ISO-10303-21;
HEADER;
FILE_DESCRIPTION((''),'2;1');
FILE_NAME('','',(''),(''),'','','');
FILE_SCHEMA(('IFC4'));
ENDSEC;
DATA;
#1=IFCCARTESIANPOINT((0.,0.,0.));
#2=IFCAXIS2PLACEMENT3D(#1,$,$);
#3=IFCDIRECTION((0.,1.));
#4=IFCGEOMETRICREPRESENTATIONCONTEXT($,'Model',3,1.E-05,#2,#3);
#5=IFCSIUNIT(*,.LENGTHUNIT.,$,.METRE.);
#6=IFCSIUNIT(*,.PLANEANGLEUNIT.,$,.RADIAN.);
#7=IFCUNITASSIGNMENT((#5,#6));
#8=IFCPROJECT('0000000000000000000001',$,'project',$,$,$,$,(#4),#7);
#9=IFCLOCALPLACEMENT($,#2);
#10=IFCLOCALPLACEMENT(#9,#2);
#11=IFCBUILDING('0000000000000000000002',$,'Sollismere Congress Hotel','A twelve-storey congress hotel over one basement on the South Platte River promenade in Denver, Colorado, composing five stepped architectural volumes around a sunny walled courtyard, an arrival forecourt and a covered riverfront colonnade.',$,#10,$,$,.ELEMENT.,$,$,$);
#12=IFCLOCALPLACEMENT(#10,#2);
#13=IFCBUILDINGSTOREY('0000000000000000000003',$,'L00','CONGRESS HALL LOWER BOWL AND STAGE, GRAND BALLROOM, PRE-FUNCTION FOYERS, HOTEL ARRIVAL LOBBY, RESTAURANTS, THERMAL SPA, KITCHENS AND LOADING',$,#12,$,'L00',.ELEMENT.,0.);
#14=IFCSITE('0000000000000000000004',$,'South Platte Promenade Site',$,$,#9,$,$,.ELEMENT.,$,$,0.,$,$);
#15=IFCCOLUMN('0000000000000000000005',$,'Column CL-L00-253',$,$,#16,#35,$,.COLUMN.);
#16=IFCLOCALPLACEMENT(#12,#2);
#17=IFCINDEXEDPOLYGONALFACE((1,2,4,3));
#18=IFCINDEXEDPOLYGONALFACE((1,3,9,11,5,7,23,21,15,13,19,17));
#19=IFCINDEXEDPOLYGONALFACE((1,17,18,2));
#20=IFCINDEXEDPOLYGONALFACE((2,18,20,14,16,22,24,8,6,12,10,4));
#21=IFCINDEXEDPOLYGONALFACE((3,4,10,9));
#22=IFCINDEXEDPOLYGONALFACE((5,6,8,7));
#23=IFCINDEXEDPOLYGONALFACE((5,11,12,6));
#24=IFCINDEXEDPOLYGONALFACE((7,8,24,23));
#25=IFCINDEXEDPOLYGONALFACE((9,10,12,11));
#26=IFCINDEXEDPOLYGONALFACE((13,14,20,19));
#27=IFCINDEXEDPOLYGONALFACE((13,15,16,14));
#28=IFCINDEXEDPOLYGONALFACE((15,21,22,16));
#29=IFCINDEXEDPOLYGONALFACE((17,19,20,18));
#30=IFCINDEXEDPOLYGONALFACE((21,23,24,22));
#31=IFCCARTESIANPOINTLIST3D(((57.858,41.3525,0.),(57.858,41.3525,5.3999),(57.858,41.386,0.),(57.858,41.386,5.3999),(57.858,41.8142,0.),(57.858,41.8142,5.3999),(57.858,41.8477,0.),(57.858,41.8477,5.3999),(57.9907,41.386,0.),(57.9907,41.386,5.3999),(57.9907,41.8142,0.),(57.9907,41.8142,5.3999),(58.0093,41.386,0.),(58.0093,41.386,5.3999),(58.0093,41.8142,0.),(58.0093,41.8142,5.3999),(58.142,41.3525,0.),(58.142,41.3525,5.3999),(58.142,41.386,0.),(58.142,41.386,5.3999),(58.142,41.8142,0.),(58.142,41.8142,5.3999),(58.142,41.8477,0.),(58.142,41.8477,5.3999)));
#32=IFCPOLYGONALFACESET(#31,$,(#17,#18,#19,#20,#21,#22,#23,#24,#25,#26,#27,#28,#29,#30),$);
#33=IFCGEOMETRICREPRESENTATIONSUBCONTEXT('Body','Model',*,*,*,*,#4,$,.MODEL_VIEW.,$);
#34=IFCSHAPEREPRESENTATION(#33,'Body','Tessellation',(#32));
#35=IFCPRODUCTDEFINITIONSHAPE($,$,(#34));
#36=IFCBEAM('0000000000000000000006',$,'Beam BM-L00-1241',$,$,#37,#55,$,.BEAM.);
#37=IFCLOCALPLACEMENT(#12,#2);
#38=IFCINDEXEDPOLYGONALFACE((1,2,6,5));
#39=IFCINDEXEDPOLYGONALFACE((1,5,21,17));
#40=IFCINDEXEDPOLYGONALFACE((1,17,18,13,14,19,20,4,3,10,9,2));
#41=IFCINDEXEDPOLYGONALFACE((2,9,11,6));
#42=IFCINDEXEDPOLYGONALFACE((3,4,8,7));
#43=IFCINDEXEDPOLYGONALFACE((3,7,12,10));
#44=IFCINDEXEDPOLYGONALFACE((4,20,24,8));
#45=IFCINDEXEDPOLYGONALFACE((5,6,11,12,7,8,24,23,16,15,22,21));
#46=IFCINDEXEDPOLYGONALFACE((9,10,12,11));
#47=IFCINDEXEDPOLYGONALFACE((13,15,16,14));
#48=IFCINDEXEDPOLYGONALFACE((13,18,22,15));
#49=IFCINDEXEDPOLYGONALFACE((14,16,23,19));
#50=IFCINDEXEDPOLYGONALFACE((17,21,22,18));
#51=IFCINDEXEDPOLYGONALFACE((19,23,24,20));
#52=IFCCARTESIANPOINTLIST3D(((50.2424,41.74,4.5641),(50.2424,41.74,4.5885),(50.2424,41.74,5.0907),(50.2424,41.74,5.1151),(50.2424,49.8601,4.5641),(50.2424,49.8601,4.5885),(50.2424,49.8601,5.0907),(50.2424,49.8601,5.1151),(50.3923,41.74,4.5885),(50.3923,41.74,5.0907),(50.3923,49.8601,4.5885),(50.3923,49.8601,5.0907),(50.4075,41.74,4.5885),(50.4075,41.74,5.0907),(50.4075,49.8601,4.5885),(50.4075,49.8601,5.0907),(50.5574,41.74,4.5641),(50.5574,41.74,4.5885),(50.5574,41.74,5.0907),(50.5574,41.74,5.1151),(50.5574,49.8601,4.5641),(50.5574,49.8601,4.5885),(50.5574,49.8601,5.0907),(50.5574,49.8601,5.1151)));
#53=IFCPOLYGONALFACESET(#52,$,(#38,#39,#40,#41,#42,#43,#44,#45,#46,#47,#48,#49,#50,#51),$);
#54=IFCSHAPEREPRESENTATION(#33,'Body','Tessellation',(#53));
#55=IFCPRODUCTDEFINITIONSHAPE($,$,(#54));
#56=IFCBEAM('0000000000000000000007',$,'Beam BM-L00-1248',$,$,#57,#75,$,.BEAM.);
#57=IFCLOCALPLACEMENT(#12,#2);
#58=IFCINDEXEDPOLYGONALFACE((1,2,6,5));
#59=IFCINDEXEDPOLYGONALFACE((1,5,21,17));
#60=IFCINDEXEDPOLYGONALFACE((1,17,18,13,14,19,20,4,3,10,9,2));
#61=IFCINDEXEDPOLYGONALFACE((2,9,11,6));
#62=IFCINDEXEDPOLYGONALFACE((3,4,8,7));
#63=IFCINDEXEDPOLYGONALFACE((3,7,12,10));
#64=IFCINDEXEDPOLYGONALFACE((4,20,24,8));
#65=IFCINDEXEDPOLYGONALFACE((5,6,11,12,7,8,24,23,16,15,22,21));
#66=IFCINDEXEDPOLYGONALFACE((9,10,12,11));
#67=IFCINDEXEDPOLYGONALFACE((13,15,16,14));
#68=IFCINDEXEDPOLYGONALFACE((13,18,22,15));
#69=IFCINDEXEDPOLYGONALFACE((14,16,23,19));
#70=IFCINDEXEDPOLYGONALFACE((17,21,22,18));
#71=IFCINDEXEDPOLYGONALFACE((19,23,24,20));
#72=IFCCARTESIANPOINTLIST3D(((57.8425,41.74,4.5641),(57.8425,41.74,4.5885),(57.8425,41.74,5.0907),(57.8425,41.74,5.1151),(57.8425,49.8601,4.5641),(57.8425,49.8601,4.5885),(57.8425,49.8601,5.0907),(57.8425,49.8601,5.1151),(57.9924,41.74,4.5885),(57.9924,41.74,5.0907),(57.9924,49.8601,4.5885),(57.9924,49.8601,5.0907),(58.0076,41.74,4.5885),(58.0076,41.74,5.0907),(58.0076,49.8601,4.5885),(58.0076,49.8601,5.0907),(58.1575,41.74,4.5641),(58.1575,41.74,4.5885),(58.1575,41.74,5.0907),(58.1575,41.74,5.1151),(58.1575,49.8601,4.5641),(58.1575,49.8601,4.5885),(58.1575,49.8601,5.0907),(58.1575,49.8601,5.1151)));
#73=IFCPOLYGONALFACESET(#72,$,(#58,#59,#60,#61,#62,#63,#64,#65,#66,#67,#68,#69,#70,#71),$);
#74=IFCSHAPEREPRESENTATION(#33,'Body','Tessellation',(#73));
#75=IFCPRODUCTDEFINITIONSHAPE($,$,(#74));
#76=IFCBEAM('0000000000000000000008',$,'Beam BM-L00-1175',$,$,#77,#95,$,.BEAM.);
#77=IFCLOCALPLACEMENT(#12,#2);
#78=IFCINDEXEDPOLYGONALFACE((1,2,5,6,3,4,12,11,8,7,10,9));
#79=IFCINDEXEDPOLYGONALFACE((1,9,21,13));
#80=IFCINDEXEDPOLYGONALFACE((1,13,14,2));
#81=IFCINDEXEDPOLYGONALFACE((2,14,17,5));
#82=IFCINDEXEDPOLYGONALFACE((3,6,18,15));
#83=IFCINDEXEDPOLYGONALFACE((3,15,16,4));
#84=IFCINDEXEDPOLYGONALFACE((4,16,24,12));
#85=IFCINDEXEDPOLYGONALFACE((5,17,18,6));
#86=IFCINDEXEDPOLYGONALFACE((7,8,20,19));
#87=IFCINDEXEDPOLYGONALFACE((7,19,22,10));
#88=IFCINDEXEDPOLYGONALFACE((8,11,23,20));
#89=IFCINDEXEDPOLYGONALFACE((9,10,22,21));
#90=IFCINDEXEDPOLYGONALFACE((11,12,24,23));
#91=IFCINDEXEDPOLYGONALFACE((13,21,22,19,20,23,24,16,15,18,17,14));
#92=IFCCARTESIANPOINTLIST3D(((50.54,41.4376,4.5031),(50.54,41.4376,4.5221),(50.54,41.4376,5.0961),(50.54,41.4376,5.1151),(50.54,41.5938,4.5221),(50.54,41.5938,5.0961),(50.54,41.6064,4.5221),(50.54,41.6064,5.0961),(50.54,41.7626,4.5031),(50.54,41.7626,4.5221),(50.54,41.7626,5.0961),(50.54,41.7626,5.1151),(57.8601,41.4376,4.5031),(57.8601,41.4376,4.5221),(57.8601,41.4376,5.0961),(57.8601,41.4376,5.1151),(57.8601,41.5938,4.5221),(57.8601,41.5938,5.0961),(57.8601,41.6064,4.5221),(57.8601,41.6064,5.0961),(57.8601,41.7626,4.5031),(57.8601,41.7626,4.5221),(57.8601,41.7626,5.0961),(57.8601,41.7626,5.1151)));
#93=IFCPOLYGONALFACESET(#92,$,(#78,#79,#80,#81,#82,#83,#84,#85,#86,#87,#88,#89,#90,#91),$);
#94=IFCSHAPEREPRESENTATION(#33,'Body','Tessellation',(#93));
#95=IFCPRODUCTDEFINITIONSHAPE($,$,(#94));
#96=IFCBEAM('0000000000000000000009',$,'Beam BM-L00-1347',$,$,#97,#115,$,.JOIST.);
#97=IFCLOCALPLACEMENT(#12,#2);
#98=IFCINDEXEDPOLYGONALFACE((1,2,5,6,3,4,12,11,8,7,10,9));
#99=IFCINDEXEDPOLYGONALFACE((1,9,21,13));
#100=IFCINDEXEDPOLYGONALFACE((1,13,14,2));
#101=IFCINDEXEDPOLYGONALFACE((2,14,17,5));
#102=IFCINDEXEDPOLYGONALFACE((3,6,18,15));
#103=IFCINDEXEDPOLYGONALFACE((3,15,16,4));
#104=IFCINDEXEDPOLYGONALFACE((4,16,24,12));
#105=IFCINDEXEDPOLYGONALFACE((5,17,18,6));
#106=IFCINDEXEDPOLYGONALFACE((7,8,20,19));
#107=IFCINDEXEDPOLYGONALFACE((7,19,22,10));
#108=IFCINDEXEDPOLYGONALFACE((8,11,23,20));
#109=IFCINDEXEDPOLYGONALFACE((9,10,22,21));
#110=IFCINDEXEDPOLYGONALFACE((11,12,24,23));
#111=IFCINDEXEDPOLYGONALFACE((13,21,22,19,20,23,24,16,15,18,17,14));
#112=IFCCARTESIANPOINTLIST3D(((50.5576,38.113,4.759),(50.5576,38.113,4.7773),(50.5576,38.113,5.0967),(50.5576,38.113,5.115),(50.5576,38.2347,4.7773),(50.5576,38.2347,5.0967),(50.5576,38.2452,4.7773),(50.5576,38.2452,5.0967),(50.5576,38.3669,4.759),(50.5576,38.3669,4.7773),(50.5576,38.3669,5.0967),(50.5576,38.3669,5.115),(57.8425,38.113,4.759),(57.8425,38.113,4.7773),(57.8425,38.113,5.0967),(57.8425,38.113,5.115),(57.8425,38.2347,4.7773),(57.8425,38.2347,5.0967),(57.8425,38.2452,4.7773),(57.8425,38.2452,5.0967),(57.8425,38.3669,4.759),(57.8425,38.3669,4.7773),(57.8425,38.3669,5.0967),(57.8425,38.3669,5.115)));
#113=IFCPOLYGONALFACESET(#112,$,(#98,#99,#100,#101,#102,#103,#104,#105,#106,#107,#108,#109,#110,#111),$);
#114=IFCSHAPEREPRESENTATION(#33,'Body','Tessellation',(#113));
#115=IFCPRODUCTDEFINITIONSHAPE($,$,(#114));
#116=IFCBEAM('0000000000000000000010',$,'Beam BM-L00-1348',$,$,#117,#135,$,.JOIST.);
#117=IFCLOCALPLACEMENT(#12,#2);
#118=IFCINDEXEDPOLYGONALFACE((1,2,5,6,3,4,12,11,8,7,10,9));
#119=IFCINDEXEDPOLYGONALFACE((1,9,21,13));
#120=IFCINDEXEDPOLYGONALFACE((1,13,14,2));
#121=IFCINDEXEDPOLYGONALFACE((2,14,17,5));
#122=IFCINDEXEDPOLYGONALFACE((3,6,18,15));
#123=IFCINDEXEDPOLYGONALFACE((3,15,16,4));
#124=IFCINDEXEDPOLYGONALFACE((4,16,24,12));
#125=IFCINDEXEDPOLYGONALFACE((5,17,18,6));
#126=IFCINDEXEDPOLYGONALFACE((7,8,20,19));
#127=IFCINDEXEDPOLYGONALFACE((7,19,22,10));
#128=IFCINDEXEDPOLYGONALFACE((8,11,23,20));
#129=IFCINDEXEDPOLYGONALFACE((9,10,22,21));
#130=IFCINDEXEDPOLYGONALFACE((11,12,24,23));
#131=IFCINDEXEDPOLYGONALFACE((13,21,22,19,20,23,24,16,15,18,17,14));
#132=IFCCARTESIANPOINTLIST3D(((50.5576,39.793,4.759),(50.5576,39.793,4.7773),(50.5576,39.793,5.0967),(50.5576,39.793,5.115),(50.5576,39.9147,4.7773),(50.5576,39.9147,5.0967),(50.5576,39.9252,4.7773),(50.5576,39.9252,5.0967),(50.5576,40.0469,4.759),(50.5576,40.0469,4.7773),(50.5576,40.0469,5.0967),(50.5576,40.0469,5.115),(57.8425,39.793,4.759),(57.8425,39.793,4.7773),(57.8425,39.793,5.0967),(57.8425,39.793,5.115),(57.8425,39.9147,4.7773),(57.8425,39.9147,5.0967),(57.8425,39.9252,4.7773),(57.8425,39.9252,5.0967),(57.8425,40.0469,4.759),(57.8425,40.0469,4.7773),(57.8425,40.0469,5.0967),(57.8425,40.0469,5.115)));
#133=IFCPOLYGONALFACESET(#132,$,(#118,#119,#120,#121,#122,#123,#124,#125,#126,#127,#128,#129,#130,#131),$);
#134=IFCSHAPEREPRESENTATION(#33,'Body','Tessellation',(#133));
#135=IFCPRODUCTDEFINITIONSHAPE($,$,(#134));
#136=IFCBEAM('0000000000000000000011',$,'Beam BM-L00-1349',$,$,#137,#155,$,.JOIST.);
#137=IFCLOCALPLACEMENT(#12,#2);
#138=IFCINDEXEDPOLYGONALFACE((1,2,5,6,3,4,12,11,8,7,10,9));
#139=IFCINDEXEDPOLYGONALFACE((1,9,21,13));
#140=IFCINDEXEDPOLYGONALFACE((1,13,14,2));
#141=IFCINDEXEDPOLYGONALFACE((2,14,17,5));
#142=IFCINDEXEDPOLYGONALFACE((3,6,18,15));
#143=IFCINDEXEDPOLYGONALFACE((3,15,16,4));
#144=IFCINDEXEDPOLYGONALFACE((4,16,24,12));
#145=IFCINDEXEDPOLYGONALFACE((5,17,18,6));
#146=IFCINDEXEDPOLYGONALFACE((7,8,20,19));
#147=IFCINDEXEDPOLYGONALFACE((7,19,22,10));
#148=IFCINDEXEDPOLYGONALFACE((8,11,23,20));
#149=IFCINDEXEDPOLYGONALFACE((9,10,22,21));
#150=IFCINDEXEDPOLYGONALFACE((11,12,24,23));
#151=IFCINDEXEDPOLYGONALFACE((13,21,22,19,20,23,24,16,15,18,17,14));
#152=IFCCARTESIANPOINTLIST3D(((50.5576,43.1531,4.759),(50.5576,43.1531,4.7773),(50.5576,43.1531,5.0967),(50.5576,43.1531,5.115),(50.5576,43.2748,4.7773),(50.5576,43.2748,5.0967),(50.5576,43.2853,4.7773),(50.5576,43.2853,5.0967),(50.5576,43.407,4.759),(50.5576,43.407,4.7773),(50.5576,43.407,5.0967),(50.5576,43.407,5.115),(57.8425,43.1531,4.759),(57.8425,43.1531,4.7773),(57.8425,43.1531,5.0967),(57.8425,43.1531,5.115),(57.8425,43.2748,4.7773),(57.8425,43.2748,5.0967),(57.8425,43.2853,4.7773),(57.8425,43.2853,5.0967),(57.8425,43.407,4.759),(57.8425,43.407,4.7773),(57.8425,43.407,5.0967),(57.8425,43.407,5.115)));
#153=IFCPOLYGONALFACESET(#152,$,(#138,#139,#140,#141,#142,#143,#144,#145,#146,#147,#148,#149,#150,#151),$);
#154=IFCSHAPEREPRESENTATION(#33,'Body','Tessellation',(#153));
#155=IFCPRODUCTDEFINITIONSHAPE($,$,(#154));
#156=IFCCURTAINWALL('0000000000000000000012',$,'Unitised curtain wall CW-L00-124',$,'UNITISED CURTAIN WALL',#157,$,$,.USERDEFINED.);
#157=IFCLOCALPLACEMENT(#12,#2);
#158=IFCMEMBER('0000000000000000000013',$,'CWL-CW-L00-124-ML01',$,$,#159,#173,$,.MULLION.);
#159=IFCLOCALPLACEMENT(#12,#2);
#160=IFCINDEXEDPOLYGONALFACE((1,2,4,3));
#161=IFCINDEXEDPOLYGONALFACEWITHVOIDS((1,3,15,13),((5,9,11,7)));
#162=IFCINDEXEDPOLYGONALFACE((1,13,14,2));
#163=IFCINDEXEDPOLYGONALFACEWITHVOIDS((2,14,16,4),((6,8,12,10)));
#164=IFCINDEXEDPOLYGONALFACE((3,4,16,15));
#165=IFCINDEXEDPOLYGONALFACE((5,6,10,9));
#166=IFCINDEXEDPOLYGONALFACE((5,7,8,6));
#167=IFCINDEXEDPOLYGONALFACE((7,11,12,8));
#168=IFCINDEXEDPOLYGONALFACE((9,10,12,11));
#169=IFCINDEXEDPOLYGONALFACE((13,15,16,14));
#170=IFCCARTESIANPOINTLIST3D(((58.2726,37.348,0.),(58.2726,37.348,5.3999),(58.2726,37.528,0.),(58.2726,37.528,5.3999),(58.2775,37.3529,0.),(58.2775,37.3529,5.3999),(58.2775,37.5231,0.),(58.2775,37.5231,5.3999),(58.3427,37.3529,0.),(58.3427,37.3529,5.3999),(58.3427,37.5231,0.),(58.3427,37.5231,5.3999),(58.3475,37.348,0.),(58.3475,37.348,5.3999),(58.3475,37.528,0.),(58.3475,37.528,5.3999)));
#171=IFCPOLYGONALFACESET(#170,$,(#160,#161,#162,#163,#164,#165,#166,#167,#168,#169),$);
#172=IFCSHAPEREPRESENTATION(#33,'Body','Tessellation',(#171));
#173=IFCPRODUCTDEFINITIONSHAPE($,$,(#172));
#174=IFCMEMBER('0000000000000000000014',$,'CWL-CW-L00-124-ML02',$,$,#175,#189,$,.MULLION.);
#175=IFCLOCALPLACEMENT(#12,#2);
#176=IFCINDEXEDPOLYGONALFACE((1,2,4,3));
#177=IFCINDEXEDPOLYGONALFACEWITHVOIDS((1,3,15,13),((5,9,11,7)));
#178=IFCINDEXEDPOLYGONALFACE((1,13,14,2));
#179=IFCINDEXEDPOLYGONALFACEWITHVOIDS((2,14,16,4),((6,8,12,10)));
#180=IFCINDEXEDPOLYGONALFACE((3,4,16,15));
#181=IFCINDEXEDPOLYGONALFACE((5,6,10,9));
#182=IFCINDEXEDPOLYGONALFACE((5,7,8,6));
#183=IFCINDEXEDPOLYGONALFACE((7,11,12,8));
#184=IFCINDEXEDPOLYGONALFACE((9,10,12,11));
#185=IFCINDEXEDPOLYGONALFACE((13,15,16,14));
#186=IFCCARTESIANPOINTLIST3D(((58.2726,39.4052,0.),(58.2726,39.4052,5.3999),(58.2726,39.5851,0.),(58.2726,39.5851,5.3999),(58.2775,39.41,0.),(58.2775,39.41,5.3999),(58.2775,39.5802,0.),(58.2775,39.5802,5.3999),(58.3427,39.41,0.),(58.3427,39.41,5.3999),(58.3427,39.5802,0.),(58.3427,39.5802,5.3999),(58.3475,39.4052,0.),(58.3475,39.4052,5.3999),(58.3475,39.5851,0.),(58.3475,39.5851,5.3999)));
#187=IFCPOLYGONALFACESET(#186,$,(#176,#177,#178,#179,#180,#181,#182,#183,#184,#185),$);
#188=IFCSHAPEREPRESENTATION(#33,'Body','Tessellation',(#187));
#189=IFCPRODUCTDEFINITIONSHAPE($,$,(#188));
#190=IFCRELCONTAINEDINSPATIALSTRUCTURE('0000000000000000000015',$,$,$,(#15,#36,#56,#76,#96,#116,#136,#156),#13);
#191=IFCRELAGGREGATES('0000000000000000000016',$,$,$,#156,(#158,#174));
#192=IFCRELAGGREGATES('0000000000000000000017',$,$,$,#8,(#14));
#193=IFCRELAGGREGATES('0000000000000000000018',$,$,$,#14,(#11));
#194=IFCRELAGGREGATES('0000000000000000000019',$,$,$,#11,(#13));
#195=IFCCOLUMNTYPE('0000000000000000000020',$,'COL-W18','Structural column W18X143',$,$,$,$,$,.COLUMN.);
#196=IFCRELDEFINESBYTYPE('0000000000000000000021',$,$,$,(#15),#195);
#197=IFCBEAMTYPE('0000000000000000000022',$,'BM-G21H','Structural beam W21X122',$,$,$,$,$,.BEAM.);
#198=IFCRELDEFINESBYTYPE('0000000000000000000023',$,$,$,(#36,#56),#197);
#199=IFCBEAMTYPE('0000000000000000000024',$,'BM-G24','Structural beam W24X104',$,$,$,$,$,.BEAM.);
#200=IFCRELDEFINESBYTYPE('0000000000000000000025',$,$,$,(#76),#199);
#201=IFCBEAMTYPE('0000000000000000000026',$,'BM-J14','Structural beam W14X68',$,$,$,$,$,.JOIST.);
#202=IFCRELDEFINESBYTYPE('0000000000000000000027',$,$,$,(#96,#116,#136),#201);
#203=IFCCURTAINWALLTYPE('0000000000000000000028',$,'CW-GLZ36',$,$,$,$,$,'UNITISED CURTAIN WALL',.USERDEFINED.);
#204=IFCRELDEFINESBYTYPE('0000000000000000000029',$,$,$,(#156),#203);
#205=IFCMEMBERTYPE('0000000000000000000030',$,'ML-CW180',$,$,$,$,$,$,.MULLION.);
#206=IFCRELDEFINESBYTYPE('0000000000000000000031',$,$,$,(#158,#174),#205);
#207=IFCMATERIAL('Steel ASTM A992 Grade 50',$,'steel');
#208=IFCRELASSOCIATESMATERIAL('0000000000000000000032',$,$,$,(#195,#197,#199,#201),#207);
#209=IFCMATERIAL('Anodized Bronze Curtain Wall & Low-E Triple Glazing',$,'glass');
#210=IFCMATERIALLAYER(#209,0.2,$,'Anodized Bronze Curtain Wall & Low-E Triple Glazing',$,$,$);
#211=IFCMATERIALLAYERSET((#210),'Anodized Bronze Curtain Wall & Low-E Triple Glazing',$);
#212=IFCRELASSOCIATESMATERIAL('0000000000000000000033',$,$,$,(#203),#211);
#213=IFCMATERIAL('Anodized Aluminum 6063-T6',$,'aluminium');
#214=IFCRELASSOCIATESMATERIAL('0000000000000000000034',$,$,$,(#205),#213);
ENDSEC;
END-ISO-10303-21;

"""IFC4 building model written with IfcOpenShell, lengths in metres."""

from ifc_helpers import new_model, si_unit, direction, frame, origin, origin_2d, place, context, subcontext, project, spatial, hollow_rectangle, i_section, extrude, material, layer, layer_set, material_profile, profile_set, type_object, element, aggregate, save


model = new_model("IFC4")

# Units and contexts
model_context = context("Model", 3, precision=1e-05, world=origin(), true_north=direction((0.0, 1.0)))
body_context = subcontext(model_context, "Body", "Model", "MODEL_VIEW")
ifc_project = project(units=[si_unit("LENGTHUNIT", "METRE"), si_unit("PLANEANGLEUNIT", "RADIAN")], contexts=[model_context])

# Site, building, storey
site_placement = place(None, origin())
site = spatial("IfcSite", under=ifc_project, at=site_placement, Name="South Platte Promenade Site", CompositionType="ELEMENT", RefElevation=0.0)
building_placement = place(site_placement, origin())
building = spatial("IfcBuilding", under=site, at=building_placement, Name="Sollismere Congress Hotel", Description="A twelve-storey congress hotel over one basement on the South Platte River promenade in Denver, Colorado, composing five stepped architectural volumes around a sunny walled courtyard, an arrival forecourt and a covered riverfront colonnade.", CompositionType="ELEMENT")
storey_placement = place(building_placement, origin())
storey = spatial("IfcBuildingStorey", under=building, at=storey_placement, Name="L00", Description="CONGRESS HALL LOWER BOWL AND STAGE, GRAND BALLROOM, PRE-FUNCTION FOYERS, HOTEL ARRIVAL LOBBY, RESTAURANTS, THERMAL SPA, KITCHENS AND LOADING", LongName="L00", CompositionType="ELEMENT", Elevation=0.0)

# Column
ifc_material_1 = material(Name="Steel ASTM A992 Grade 50", Category="steel")
ifc_material_profile_1 = material_profile(ifc_material_1, i_section(OverallWidth=0.2839, OverallDepth=0.4951, WebThickness=0.0186, FlangeThickness=0.0334, at=origin_2d()), Name="W18X143")
ifc_profile_set_1 = profile_set([ifc_material_profile_1], Name="Steel ASTM A992 Grade 50")
column_type = type_object("IfcColumnType", Name="COL-W18", Description="Structural column W18X143", PredefinedType="COLUMN", material=ifc_profile_set_1)
column_placement = place(storey_placement, frame((58.0, 41.6001, 0.0), z_axis=(0.0, 0.0, 1.0), x_axis=(1.0, 0.0, 0.0)))
element("IfcColumn", 1, at=column_placement, inside=storey, type_object=column_type, Name="Column CL-L00-253", PredefinedType="COLUMN", context=body_context, shape_type="SweptSolid", body=[
    extrude(i_section(OverallWidth=0.2839, OverallDepth=0.4951, WebThickness=0.0186, FlangeThickness=0.0334, at=origin_2d()), origin(), (0.0, 0.0, 1.0), 5.3999),
])

# Beams
ifc_material_profile_2 = material_profile(ifc_material_1, i_section(OverallWidth=0.3149, OverallDepth=0.551, WebThickness=0.0151, FlangeThickness=0.0244, at=origin_2d()), Name="W21X122")
ifc_profile_set_2 = profile_set([ifc_material_profile_2], Name="Steel ASTM A992 Grade 50")
beam_type_1 = type_object("IfcBeamType", Name="BM-G21H", Description="Structural beam W21X122", PredefinedType="BEAM", material=ifc_profile_set_2)
for number, where, z_axis, x_axis, name in (
    (2, (50.3999, 41.74, 4.8396), (0.0, 1.0, 0.0), (-1.0, 0.0, 0.0), "Beam BM-L00-1241"),
    (3, (58.0, 41.74, 4.8396), (0.0, 1.0, 0.0), (-1.0, 0.0, 0.0), "Beam BM-L00-1248"),
):
    element("IfcBeam", number, at=place(storey_placement, frame(where, z_axis=z_axis, x_axis=x_axis)), inside=storey, type_object=beam_type_1, Name=name, PredefinedType="BEAM", context=body_context, shape_type="SweptSolid", body=[
        extrude(i_section(OverallWidth=0.3149, OverallDepth=0.551, WebThickness=0.0151, FlangeThickness=0.0244, at=origin_2d()), origin(), (0.0, 0.0, 1.0), 8.1201),
    ])
ifc_material_profile_3 = material_profile(ifc_material_1, i_section(OverallWidth=0.325, OverallDepth=0.6121, WebThickness=0.0127, FlangeThickness=0.019, at=origin_2d()), Name="W24X104")
ifc_profile_set_3 = profile_set([ifc_material_profile_3], Name="Steel ASTM A992 Grade 50")
beam_type_2 = type_object("IfcBeamType", Name="BM-G24", Description="Structural beam W24X104", PredefinedType="BEAM", material=ifc_profile_set_3)
beam_placement = place(storey_placement, frame((50.54, 41.6001, 4.8091), z_axis=(1.0, 0.0, 0.0), x_axis=(0.0, 1.0, 0.0)))
element("IfcBeam", 4, at=beam_placement, inside=storey, type_object=beam_type_2, Name="Beam BM-L00-1175", PredefinedType="BEAM", context=body_context, shape_type="SweptSolid", body=[
    extrude(i_section(OverallWidth=0.325, OverallDepth=0.6121, WebThickness=0.0127, FlangeThickness=0.019, at=origin_2d()), origin(), (0.0, 0.0, 1.0), 7.3201),
])
ifc_material_profile_4 = material_profile(ifc_material_1, i_section(OverallWidth=0.2539, OverallDepth=0.356, WebThickness=0.0105, FlangeThickness=0.0183, at=origin_2d()), Name="W14X68")
ifc_profile_set_4 = profile_set([ifc_material_profile_4], Name="Steel ASTM A992 Grade 50")
beam_type_3 = type_object("IfcBeamType", Name="BM-J14", Description="Structural beam W14X68", PredefinedType="JOIST", material=ifc_profile_set_4)
for number, where, z_axis, x_axis, name in (
    (5, (50.5576, 38.24, 4.937), (1.0, 0.0, 0.0), (0.0, 1.0, 0.0), "Beam BM-L00-1347"),
    (6, (50.5576, 39.9199, 4.937), (1.0, 0.0, 0.0), (0.0, 1.0, 0.0), "Beam BM-L00-1348"),
    (7, (50.5576, 43.28, 4.937), (1.0, 0.0, 0.0), (0.0, 1.0, 0.0), "Beam BM-L00-1349"),
):
    element("IfcBeam", number, at=place(storey_placement, frame(where, z_axis=z_axis, x_axis=x_axis)), inside=storey, type_object=beam_type_3, Name=name, PredefinedType="JOIST", context=body_context, shape_type="SweptSolid", body=[
        extrude(i_section(OverallWidth=0.2539, OverallDepth=0.356, WebThickness=0.0105, FlangeThickness=0.0183, at=origin_2d()), origin(), (0.0, 0.0, 1.0), 7.2849),
    ])

# Curtain wall, members
ifc_material_2 = material(Name="Anodized Bronze Curtain Wall & Low-E Triple Glazing", Category="glass")
ifc_layer_1 = layer(ifc_material_2, 0.2, Name="Anodized Bronze Curtain Wall & Low-E Triple Glazing")
ifc_layer_set_1 = layer_set([ifc_layer_1], Name="Anodized Bronze Curtain Wall & Low-E Triple Glazing")
curtain_wall_type = type_object("IfcCurtainWallType", Name="CW-GLZ36", ElementType="UNITISED CURTAIN WALL", PredefinedType="USERDEFINED", material=ifc_layer_set_1)
curtain_wall_1_placement = place(storey_placement, origin())
curtain_wall_1 = element("IfcCurtainWall", 8, at=curtain_wall_1_placement, inside=storey, type_object=curtain_wall_type, Name="Unitised curtain wall CW-L00-124", ObjectType="UNITISED CURTAIN WALL", PredefinedType="USERDEFINED")
ifc_material_3 = material(Name="Anodized Aluminum 6063-T6", Category="aluminium")
ifc_material_profile_5 = material_profile(ifc_material_3, hollow_rectangle(XDim=0.075, YDim=0.1799, WallThickness=0.0049, at=origin_2d()), Name="ALU180X75X5")
ifc_profile_set_5 = profile_set([ifc_material_profile_5], Name="Anodized Aluminum 6063-T6")
member_type_1 = type_object("IfcMemberType", Name="ML-CW180", PredefinedType="MULLION", material=ifc_profile_set_5)
member_1_placement = place(storey_placement, frame((58.3101, 37.438, 0.0), z_axis=(0.0, 0.0, 1.0), x_axis=(-1.0, 0.0, 0.0)))
member_1 = element("IfcMember", 9, at=member_1_placement, type_object=member_type_1, Name="CWL-CW-L00-124-ML01", PredefinedType="MULLION", context=body_context, shape_type="SweptSolid", body=[
    extrude(hollow_rectangle(XDim=0.075, YDim=0.1799, WallThickness=0.0049, at=origin_2d()), origin(), (0.0, 0.0, 1.0), 5.3999),
])
member_2_placement = place(storey_placement, frame((58.3101, 39.4951, 0.0), z_axis=(0.0, 0.0, 1.0), x_axis=(-1.0, 0.0, 0.0)))
member_2 = element("IfcMember", 10, at=member_2_placement, type_object=member_type_1, Name="CWL-CW-L00-124-ML02", PredefinedType="MULLION", context=body_context, shape_type="SweptSolid", body=[
    extrude(hollow_rectangle(XDim=0.075, YDim=0.1799, WallThickness=0.0049, at=origin_2d()), origin(), (0.0, 0.0, 1.0), 5.3999),
])

aggregate(curtain_wall_1, [member_1, member_2])

save(model, "model.ifc")
